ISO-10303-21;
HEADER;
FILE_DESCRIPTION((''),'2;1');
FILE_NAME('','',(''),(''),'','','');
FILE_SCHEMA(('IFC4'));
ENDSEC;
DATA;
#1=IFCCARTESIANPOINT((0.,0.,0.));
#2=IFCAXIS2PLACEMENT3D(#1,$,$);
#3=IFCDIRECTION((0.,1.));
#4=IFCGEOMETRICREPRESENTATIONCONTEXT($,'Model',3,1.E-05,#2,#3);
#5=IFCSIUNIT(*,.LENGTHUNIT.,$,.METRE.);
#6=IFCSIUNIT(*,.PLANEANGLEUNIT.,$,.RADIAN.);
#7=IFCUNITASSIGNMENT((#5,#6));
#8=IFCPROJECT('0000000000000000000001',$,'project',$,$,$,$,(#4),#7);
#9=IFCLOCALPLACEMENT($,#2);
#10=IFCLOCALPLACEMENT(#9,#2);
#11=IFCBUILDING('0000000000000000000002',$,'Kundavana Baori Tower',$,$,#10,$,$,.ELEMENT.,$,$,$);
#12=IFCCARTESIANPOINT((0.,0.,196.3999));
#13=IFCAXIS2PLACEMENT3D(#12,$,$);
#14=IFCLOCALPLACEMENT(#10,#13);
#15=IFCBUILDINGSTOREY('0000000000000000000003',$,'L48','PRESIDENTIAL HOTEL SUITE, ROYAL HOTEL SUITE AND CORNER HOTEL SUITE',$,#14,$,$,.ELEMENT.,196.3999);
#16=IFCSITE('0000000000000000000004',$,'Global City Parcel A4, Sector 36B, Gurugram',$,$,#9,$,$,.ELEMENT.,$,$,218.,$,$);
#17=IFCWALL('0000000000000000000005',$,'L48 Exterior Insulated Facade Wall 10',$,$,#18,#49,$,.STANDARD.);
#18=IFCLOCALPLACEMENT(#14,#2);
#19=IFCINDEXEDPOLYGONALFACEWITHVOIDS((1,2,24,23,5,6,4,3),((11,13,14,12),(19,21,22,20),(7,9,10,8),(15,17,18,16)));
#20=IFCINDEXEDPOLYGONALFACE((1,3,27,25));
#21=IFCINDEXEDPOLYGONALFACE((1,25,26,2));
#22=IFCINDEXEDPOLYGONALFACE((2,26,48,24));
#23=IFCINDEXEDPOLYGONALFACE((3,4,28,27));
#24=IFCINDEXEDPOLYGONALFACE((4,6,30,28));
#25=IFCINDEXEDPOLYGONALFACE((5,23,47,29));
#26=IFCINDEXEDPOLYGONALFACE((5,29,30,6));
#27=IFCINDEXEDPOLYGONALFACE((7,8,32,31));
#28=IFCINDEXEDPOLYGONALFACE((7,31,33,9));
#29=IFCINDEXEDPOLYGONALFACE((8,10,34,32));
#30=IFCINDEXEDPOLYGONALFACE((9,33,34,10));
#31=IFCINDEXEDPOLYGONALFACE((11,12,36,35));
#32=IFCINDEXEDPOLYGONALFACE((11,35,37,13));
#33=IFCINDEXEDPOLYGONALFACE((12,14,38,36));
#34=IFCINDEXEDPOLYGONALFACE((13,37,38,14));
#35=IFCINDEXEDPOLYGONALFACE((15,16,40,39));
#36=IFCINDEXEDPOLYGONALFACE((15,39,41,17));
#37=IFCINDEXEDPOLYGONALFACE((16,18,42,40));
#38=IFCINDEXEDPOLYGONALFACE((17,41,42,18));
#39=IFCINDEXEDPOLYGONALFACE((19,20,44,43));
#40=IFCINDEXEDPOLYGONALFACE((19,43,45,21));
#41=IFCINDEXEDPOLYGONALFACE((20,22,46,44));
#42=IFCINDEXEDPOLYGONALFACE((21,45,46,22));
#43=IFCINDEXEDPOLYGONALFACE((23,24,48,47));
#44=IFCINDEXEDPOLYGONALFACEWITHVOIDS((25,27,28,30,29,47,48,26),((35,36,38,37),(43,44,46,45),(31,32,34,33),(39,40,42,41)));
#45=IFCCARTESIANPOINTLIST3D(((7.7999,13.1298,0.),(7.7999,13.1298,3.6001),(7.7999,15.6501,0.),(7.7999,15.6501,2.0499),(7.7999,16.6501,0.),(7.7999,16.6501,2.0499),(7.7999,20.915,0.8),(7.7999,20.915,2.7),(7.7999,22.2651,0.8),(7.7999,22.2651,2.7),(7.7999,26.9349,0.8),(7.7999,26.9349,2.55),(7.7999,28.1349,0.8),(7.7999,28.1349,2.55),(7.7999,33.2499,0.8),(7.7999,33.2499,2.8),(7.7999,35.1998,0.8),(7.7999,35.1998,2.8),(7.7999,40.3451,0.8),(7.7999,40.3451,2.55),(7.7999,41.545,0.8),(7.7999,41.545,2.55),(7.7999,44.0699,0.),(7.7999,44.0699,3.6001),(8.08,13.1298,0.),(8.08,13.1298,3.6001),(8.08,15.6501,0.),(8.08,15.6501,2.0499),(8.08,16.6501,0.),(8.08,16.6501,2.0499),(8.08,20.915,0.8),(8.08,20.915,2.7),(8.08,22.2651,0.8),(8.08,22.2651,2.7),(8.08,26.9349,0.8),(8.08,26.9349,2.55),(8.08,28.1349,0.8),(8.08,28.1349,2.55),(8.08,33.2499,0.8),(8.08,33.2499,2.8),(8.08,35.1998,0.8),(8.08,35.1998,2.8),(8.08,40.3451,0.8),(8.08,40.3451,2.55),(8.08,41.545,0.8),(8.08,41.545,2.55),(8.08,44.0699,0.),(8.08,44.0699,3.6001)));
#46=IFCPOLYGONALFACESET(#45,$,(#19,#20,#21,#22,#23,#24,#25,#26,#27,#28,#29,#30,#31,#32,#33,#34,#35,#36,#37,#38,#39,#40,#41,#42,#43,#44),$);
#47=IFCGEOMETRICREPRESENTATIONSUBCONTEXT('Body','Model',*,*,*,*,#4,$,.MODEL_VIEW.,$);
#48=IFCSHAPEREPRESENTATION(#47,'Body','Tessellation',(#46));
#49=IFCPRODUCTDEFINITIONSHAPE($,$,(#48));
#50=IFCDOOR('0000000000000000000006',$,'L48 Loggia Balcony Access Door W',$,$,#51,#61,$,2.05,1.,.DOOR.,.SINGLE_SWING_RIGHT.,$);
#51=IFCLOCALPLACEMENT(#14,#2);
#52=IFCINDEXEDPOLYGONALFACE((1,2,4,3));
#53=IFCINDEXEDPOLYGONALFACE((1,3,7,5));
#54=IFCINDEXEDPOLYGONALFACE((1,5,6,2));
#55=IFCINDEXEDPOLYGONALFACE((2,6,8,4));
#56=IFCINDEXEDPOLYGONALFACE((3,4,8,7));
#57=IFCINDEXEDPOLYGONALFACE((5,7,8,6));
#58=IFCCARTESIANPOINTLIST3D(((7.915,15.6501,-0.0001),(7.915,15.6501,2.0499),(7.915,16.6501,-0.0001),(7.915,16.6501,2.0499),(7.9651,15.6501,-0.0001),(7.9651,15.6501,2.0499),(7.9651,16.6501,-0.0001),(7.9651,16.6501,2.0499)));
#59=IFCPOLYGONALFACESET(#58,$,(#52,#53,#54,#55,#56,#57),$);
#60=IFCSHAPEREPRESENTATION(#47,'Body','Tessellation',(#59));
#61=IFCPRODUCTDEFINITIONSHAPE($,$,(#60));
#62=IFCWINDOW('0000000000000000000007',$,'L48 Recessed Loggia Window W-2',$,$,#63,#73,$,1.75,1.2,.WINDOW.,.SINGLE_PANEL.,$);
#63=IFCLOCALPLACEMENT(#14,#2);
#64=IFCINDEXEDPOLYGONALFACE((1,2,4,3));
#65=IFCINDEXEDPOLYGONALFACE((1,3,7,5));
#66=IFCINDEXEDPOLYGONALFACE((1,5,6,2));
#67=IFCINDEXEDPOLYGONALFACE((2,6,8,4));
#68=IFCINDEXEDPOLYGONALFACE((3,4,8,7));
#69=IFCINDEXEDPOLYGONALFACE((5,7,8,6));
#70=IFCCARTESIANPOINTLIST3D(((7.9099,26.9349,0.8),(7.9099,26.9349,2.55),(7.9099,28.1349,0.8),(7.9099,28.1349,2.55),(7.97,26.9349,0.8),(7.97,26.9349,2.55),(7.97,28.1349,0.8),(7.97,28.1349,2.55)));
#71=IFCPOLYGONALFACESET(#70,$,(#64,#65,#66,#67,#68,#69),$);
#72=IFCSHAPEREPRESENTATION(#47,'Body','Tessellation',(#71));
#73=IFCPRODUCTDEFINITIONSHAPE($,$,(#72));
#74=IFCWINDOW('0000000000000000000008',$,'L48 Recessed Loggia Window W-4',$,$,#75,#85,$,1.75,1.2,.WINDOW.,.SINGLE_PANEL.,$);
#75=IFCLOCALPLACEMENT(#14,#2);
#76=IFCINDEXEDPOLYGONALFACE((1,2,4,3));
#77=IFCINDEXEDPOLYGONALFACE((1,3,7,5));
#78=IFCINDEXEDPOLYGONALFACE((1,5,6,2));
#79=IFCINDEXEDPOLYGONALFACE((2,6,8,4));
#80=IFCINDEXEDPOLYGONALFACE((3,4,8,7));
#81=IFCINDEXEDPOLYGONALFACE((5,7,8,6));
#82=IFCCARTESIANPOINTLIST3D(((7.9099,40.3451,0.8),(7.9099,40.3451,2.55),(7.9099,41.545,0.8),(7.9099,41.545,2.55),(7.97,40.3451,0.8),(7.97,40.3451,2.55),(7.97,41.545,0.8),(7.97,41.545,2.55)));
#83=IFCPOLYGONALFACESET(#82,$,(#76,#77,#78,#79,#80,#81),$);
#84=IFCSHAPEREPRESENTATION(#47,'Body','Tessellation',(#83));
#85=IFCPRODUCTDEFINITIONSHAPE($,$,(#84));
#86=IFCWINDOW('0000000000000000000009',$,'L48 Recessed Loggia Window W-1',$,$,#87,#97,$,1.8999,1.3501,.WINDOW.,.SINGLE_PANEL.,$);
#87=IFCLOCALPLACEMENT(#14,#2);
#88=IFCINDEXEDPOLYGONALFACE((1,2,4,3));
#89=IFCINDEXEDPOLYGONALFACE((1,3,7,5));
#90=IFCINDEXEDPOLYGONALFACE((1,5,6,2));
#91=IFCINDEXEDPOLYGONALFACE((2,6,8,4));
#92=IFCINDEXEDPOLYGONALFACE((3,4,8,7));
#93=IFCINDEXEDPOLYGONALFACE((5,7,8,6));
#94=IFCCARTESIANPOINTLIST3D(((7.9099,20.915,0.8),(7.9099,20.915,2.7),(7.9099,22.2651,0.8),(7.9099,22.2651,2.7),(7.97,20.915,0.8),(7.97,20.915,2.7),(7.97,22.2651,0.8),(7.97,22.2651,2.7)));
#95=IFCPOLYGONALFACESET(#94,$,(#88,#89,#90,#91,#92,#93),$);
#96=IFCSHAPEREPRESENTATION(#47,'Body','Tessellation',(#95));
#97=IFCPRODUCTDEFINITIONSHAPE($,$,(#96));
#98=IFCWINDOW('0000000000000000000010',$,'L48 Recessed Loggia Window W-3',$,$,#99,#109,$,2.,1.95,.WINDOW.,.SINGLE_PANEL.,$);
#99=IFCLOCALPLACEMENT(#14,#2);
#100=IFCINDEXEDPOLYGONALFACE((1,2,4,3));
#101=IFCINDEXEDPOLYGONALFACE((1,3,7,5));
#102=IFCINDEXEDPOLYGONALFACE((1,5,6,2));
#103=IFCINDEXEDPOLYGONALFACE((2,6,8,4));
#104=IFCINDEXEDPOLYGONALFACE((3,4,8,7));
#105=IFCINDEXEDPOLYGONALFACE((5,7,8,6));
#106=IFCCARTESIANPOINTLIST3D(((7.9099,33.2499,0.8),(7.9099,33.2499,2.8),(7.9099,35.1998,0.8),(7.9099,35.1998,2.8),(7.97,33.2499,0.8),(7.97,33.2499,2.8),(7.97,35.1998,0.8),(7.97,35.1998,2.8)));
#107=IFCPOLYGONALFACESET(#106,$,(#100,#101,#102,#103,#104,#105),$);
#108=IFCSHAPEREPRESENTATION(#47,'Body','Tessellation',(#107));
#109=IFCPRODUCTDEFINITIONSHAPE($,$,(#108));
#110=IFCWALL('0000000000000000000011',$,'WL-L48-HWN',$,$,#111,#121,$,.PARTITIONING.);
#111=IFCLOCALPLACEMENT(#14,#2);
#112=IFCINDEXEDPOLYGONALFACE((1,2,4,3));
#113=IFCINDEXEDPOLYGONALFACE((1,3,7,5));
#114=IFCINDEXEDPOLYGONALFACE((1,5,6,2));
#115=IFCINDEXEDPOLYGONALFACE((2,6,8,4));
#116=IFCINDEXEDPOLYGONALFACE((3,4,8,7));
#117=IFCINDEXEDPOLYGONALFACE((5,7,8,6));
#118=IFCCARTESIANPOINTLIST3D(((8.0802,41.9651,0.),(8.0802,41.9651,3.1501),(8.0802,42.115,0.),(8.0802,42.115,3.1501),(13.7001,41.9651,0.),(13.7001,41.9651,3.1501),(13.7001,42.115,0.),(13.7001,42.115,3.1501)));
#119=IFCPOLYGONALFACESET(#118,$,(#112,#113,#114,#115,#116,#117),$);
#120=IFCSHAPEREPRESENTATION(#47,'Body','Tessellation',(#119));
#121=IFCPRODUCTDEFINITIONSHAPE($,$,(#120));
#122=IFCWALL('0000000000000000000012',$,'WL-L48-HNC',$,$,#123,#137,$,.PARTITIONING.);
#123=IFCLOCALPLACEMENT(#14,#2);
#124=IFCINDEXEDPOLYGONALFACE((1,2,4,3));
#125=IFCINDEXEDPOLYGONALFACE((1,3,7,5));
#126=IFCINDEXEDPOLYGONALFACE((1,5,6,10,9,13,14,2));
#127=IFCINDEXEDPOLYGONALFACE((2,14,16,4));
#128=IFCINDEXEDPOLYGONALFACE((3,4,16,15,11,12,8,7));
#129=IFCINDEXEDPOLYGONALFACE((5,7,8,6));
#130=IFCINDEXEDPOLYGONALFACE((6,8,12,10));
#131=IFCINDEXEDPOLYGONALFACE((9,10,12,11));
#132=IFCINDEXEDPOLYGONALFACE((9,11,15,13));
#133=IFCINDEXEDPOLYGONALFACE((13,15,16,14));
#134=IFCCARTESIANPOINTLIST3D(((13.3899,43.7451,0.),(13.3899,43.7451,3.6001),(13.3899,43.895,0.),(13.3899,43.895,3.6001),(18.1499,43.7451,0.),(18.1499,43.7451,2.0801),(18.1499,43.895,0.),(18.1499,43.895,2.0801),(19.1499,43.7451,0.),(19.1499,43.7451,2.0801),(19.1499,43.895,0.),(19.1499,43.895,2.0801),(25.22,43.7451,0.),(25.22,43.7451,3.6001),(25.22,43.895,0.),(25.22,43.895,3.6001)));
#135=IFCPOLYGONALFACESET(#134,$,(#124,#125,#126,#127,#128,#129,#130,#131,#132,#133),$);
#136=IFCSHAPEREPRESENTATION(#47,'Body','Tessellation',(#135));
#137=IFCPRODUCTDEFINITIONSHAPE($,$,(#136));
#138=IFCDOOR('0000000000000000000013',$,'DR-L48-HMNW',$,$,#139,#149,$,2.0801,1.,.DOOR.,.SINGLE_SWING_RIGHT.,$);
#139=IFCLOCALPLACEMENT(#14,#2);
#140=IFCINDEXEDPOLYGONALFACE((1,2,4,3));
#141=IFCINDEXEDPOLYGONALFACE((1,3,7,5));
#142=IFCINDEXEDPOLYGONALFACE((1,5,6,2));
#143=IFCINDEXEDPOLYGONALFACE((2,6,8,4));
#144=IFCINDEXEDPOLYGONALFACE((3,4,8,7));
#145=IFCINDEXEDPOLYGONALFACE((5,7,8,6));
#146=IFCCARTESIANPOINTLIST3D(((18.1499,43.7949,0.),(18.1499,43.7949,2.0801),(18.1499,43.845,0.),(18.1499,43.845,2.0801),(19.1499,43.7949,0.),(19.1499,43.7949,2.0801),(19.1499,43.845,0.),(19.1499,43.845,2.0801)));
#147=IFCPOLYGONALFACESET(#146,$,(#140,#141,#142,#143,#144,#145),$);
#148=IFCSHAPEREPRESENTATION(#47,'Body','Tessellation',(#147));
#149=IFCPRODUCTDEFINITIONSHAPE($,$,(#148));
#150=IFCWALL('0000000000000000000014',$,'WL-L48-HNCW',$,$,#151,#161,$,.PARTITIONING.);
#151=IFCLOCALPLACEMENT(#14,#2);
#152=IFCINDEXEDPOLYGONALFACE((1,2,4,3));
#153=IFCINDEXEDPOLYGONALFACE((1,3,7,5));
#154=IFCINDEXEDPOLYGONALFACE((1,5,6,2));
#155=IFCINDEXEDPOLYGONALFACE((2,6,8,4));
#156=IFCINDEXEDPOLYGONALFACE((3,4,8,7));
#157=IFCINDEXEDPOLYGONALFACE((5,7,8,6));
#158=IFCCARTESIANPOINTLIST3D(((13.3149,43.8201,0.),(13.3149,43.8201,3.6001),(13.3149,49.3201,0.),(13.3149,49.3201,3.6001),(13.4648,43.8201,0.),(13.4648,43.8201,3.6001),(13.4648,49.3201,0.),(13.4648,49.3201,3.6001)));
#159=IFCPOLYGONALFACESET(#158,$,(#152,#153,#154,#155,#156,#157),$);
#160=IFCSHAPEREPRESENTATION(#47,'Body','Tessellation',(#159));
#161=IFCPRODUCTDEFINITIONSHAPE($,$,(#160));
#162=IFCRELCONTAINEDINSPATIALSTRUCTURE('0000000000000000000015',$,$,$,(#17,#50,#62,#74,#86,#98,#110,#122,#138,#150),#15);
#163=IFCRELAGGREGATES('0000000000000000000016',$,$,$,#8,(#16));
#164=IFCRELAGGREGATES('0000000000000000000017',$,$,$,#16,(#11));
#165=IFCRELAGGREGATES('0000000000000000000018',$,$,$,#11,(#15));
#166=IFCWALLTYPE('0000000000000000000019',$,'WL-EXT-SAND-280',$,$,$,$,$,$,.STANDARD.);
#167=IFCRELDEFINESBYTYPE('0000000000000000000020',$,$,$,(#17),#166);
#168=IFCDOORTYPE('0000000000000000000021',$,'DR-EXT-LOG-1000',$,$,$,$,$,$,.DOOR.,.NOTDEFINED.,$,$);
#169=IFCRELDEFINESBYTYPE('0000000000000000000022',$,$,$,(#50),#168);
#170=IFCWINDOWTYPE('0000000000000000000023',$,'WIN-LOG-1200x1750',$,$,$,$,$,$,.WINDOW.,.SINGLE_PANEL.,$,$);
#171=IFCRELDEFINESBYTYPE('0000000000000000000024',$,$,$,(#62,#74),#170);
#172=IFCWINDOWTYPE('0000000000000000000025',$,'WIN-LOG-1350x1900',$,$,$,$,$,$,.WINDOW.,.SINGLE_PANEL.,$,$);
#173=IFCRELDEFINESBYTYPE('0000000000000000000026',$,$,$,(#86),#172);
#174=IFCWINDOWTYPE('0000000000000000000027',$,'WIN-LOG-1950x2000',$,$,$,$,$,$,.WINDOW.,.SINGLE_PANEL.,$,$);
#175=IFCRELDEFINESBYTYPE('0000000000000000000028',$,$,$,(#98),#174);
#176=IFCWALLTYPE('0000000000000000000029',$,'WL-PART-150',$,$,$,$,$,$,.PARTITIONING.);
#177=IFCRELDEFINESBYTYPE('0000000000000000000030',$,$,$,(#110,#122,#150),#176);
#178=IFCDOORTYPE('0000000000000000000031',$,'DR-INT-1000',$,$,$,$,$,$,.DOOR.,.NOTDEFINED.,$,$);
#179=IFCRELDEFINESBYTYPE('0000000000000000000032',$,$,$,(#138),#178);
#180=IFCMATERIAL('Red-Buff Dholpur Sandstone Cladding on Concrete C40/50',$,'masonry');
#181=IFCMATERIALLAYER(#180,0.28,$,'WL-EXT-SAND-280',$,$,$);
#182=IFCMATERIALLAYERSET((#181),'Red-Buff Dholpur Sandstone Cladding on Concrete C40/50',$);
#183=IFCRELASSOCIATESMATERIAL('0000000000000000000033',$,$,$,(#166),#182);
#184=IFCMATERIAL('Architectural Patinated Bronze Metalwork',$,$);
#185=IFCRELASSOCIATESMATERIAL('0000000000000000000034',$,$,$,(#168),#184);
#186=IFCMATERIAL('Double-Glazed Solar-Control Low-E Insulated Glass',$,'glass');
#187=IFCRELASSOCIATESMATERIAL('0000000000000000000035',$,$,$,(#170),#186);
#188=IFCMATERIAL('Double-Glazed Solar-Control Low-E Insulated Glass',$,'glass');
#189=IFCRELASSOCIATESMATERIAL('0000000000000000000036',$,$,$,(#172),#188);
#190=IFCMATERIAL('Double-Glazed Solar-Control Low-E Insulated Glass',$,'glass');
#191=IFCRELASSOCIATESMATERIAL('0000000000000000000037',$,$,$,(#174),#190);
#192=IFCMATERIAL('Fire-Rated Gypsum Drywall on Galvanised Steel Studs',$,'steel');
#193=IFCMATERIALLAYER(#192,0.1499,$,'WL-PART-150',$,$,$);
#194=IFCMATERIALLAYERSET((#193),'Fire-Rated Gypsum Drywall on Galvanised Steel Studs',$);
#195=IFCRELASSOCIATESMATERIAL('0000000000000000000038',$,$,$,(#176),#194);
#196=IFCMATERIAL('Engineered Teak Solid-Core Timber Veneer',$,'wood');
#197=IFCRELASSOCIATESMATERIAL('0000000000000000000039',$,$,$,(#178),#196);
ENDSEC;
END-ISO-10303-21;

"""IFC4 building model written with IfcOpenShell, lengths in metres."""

from ifc_helpers import new_model, si_unit, direction, frame, frame_2d, origin, place, context, subcontext, project, spatial, rectangle, extrude, material, layer, layer_set, type_object, element, fill, save


model = new_model("IFC4")

# Units and contexts
model_context = context("Model", 3, precision=1e-05, world=origin(), true_north=direction((0.0, 1.0)))
body_context = subcontext(model_context, "Body", "Model", "MODEL_VIEW")
ifc_project = project(units=[si_unit("LENGTHUNIT", "METRE"), si_unit("PLANEANGLEUNIT", "RADIAN")], contexts=[model_context])

# Site, building, storey
site_placement = place(None, origin())
site = spatial("IfcSite", under=ifc_project, at=site_placement, Name="Global City Parcel A4, Sector 36B, Gurugram", CompositionType="ELEMENT", RefElevation=218.0)
building_placement = place(site_placement, origin())
building = spatial("IfcBuilding", under=site, at=building_placement, Name="Kundavana Baori Tower", CompositionType="ELEMENT")
storey_placement = place(building_placement, frame((0.0, 0.0, 196.3999)))
storey = spatial("IfcBuildingStorey", under=building, at=storey_placement, Name="L48", Description="PRESIDENTIAL HOTEL SUITE, ROYAL HOTEL SUITE AND CORNER HOTEL SUITE", CompositionType="ELEMENT", Elevation=196.3999)

# Shared definitions
ifc_material_1 = material(Name="Red-Buff Dholpur Sandstone Cladding on Concrete C40/50", Category="masonry")
ifc_layer_1 = layer(ifc_material_1, 0.28, Name="WL-EXT-SAND-280")
ifc_layer_set_1 = layer_set([ifc_layer_1], Name="Red-Buff Dholpur Sandstone Cladding on Concrete C40/50")
wall_type_1 = type_object("IfcWallType", Name="WL-EXT-SAND-280", PredefinedType="STANDARD", material=ifc_layer_set_1)

# Wall, openings, door, windows
wall_1_placement = place(storey_placement, frame((7.9399, 44.0701, 0.0), z_axis=(0.0, 0.0, 1.0), x_axis=(0.0, -1.0, 0.0)))
wall_1 = element("IfcWall", 1, at=wall_1_placement, inside=storey, type_object=wall_type_1, Name="L48 Exterior Insulated Facade Wall 10", PredefinedType="STANDARD", context=body_context, shape_type="SweptSolid", body=[
    extrude(rectangle(XDim=30.9402, YDim=0.28, at=frame_2d((15.4702, 0.0))), origin(), (0.0, 0.0, 1.0), 3.6001),
])
opening_1_placement = place(wall_1_placement, frame((27.4199, 0.0, 0.0)))
opening_1 = element("IfcOpeningElement", 2, at=opening_1_placement, cuts=wall_1, PredefinedType="OPENING", context=body_context, shape_type="SweptSolid", body=[
    extrude(rectangle(XDim=1.0, YDim=2.05, at=frame_2d((0.5, 1.0249))), frame((0.0, 0.1499, 0.0), z_axis=(0.0, -1.0, 0.0), x_axis=(1.0, 0.0, 0.0)), (0.0, 0.0, 1.0), 0.3),
])
opening_2_placement = place(wall_1_placement, frame((21.8049, 0.0, 0.8)))
opening_2 = element("IfcOpeningElement", 3, at=opening_2_placement, cuts=wall_1, PredefinedType="OPENING", context=body_context, shape_type="SweptSolid", body=[
    extrude(rectangle(XDim=1.3501, YDim=1.8999, at=frame_2d((0.675, 0.95))), frame((0.0, 0.1499, 0.0), z_axis=(0.0, -1.0, 0.0), x_axis=(1.0, 0.0, 0.0)), (0.0, 0.0, 1.0), 0.3),
])
opening_3_placement = place(wall_1_placement, frame((15.9351, 0.0, 0.8)))
opening_3 = element("IfcOpeningElement", 4, at=opening_3_placement, cuts=wall_1, PredefinedType="OPENING", context=body_context, shape_type="SweptSolid", body=[
    extrude(rectangle(XDim=1.2, YDim=1.75, at=frame_2d((0.6001, 0.875))), frame((0.0, 0.1499, 0.0), z_axis=(0.0, -1.0, 0.0), x_axis=(1.0, 0.0, 0.0)), (0.0, 0.0, 1.0), 0.3),
])
opening_4_placement = place(wall_1_placement, frame((8.8701, 0.0, 0.8)))
opening_4 = element("IfcOpeningElement", 5, at=opening_4_placement, cuts=wall_1, PredefinedType="OPENING", context=body_context, shape_type="SweptSolid", body=[
    extrude(rectangle(XDim=1.95, YDim=2.0, at=frame_2d((0.9751, 1.0))), frame((0.0, 0.1499, 0.0), z_axis=(0.0, -1.0, 0.0), x_axis=(1.0, 0.0, 0.0)), (0.0, 0.0, 1.0), 0.3),
])
opening_5_placement = place(wall_1_placement, frame((2.5249, 0.0, 0.8)))
opening_5 = element("IfcOpeningElement", 6, at=opening_5_placement, cuts=wall_1, PredefinedType="OPENING", context=body_context, shape_type="SweptSolid", body=[
    extrude(rectangle(XDim=1.2, YDim=1.75, at=frame_2d((0.6001, 0.875))), frame((0.0, 0.1499, 0.0), z_axis=(0.0, -1.0, 0.0), x_axis=(1.0, 0.0, 0.0)), (0.0, 0.0, 1.0), 0.3),
])
ifc_material_2 = material(Name="Architectural Patinated Bronze Metalwork")
door_type_1 = type_object("IfcDoorType", Name="DR-EXT-LOG-1000", OperationType="NOTDEFINED", PredefinedType="DOOR", material=ifc_material_2)
door_1_placement = place(opening_1_placement, frame((1.0, 0.0, 0.0), z_axis=(0.0, 0.0, 1.0), x_axis=(-1.0, 0.0, 0.0)))
door_1 = element("IfcDoor", 7, at=door_1_placement, inside=storey, type_object=door_type_1, Name="L48 Loggia Balcony Access Door W", OperationType="SINGLE_SWING_RIGHT", OverallHeight=2.05, OverallWidth=1.0, PredefinedType="DOOR", context=body_context, shape_type="SweptSolid", body=[
    extrude(rectangle(XDim=1.0, YDim=2.05, at=frame_2d((0.5, 1.0249))), frame((0.0, 0.0249, 0.0), z_axis=(0.0, -1.0, 0.0), x_axis=(1.0, 0.0, 0.0)), (0.0, 0.0, 1.0), 0.05),
])
fill(opening_1, door_1)
ifc_material_3 = material(Name="Double-Glazed Solar-Control Low-E Insulated Glass", Category="glass")
window_type_1 = type_object("IfcWindowType", Name="WIN-LOG-1200x1750", PartitioningType="SINGLE_PANEL", PredefinedType="WINDOW", material=ifc_material_3)
window_1_placement = place(opening_3_placement, origin())
window_1 = element("IfcWindow", 8, at=window_1_placement, inside=storey, type_object=window_type_1, Name="L48 Recessed Loggia Window W-2", OverallHeight=1.75, OverallWidth=1.2, PartitioningType="SINGLE_PANEL", PredefinedType="WINDOW", context=body_context, shape_type="SweptSolid", body=[
    extrude(rectangle(XDim=1.2, YDim=1.75, at=frame_2d((0.6001, 0.875))), frame((0.0, 0.03, 0.0), z_axis=(0.0, -1.0, 0.0), x_axis=(1.0, 0.0, 0.0)), (0.0, 0.0, 1.0), 0.0601),
])
fill(opening_3, window_1)
window_2_placement = place(opening_5_placement, origin())
window_2 = element("IfcWindow", 9, at=window_2_placement, inside=storey, type_object=window_type_1, Name="L48 Recessed Loggia Window W-4", OverallHeight=1.75, OverallWidth=1.2, PartitioningType="SINGLE_PANEL", PredefinedType="WINDOW", context=body_context, shape_type="SweptSolid", body=[
    extrude(rectangle(XDim=1.2, YDim=1.75, at=frame_2d((0.6001, 0.875))), frame((0.0, 0.03, 0.0), z_axis=(0.0, -1.0, 0.0), x_axis=(1.0, 0.0, 0.0)), (0.0, 0.0, 1.0), 0.0601),
])
fill(opening_5, window_2)
ifc_material_4 = material(Name="Double-Glazed Solar-Control Low-E Insulated Glass", Category="glass")
window_type_2 = type_object("IfcWindowType", Name="WIN-LOG-1350x1900", PartitioningType="SINGLE_PANEL", PredefinedType="WINDOW", material=ifc_material_4)
window_3_placement = place(opening_2_placement, origin())
window_3 = element("IfcWindow", 10, at=window_3_placement, inside=storey, type_object=window_type_2, Name="L48 Recessed Loggia Window W-1", OverallHeight=1.8999, OverallWidth=1.3501, PartitioningType="SINGLE_PANEL", PredefinedType="WINDOW", context=body_context, shape_type="SweptSolid", body=[
    extrude(rectangle(XDim=1.3501, YDim=1.8999, at=frame_2d((0.675, 0.95))), frame((0.0, 0.03, 0.0), z_axis=(0.0, -1.0, 0.0), x_axis=(1.0, 0.0, 0.0)), (0.0, 0.0, 1.0), 0.0601),
])
fill(opening_2, window_3)
ifc_material_5 = material(Name="Double-Glazed Solar-Control Low-E Insulated Glass", Category="glass")
window_type_3 = type_object("IfcWindowType", Name="WIN-LOG-1950x2000", PartitioningType="SINGLE_PANEL", PredefinedType="WINDOW", material=ifc_material_5)
window_4_placement = place(opening_4_placement, origin())
window_4 = element("IfcWindow", 11, at=window_4_placement, inside=storey, type_object=window_type_3, Name="L48 Recessed Loggia Window W-3", OverallHeight=2.0, OverallWidth=1.95, PartitioningType="SINGLE_PANEL", PredefinedType="WINDOW", context=body_context, shape_type="SweptSolid", body=[
    extrude(rectangle(XDim=1.95, YDim=2.0, at=frame_2d((0.9751, 1.0))), frame((0.0, 0.03, 0.0), z_axis=(0.0, -1.0, 0.0), x_axis=(1.0, 0.0, 0.0)), (0.0, 0.0, 1.0), 0.0601),
])
fill(opening_4, window_4)

# Wall
ifc_material_6 = material(Name="Fire-Rated Gypsum Drywall on Galvanised Steel Studs", Category="steel")
ifc_layer_2 = layer(ifc_material_6, 0.1499, Name="WL-PART-150")
ifc_layer_set_2 = layer_set([ifc_layer_2], Name="Fire-Rated Gypsum Drywall on Galvanised Steel Studs")
wall_type_2 = type_object("IfcWallType", Name="WL-PART-150", PredefinedType="PARTITIONING", material=ifc_layer_set_2)
wall_2_placement = place(storey_placement, frame((8.0801, 42.04, 0.0), z_axis=(0.0, 0.0, 1.0), x_axis=(1.0, 0.0, 0.0)))
element("IfcWall", 12, at=wall_2_placement, inside=storey, type_object=wall_type_2, Name="WL-L48-HWN", PredefinedType="PARTITIONING", context=body_context, shape_type="SweptSolid", body=[
    extrude(rectangle(XDim=5.6199, YDim=0.1499, at=frame_2d((2.8101, 0.0))), origin(), (0.0, 0.0, 1.0), 3.1501),
])

# Wall, opening, door
wall_3_placement = place(storey_placement, frame((13.3899, 43.8201, 0.0), z_axis=(0.0, 0.0, 1.0), x_axis=(1.0, 0.0, 0.0)))
wall_3 = element("IfcWall", 13, at=wall_3_placement, inside=storey, type_object=wall_type_2, Name="WL-L48-HNC", PredefinedType="PARTITIONING", context=body_context, shape_type="SweptSolid", body=[
    extrude(rectangle(XDim=11.8301, YDim=0.1499, at=frame_2d((5.915, 0.0))), origin(), (0.0, 0.0, 1.0), 3.6001),
])
opening_6_placement = place(wall_3_placement, frame((4.76, 0.0, 0.0)))
opening_6 = element("IfcOpeningElement", 14, at=opening_6_placement, cuts=wall_3, PredefinedType="OPENING", context=body_context, shape_type="SweptSolid", body=[
    extrude(rectangle(XDim=1.0, YDim=2.0801, at=frame_2d((0.5, 1.04))), frame((0.0, 0.085, 0.0), z_axis=(0.0, -1.0, 0.0), x_axis=(1.0, 0.0, 0.0)), (0.0, 0.0, 1.0), 0.1699),
])
ifc_material_7 = material(Name="Engineered Teak Solid-Core Timber Veneer", Category="wood")
door_type_2 = type_object("IfcDoorType", Name="DR-INT-1000", OperationType="NOTDEFINED", PredefinedType="DOOR", material=ifc_material_7)
door_2_placement = place(opening_6_placement, origin())
door_2 = element("IfcDoor", 15, at=door_2_placement, inside=storey, type_object=door_type_2, Name="DR-L48-HMNW", OperationType="SINGLE_SWING_RIGHT", OverallHeight=2.0801, OverallWidth=1.0, PredefinedType="DOOR", context=body_context, shape_type="SweptSolid", body=[
    extrude(rectangle(XDim=1.0, YDim=2.0801, at=frame_2d((0.5, 1.04))), frame((0.0, 0.0249, 0.0), z_axis=(0.0, -1.0, 0.0), x_axis=(1.0, 0.0, 0.0)), (0.0, 0.0, 1.0), 0.05),
])
fill(opening_6, door_2)

# Wall
wall_4_placement = place(storey_placement, frame((13.3899, 43.8201, 0.0), z_axis=(0.0, 0.0, 1.0), x_axis=(0.0, 1.0, 0.0)))
element("IfcWall", 16, at=wall_4_placement, inside=storey, type_object=wall_type_2, Name="WL-L48-HNCW", PredefinedType="PARTITIONING", context=body_context, shape_type="SweptSolid", body=[
    extrude(rectangle(XDim=5.5, YDim=0.1499, at=frame_2d((2.75, 0.0))), origin(), (0.0, 0.0, 1.0), 3.6001),
])

save(model, "model.ifc")
